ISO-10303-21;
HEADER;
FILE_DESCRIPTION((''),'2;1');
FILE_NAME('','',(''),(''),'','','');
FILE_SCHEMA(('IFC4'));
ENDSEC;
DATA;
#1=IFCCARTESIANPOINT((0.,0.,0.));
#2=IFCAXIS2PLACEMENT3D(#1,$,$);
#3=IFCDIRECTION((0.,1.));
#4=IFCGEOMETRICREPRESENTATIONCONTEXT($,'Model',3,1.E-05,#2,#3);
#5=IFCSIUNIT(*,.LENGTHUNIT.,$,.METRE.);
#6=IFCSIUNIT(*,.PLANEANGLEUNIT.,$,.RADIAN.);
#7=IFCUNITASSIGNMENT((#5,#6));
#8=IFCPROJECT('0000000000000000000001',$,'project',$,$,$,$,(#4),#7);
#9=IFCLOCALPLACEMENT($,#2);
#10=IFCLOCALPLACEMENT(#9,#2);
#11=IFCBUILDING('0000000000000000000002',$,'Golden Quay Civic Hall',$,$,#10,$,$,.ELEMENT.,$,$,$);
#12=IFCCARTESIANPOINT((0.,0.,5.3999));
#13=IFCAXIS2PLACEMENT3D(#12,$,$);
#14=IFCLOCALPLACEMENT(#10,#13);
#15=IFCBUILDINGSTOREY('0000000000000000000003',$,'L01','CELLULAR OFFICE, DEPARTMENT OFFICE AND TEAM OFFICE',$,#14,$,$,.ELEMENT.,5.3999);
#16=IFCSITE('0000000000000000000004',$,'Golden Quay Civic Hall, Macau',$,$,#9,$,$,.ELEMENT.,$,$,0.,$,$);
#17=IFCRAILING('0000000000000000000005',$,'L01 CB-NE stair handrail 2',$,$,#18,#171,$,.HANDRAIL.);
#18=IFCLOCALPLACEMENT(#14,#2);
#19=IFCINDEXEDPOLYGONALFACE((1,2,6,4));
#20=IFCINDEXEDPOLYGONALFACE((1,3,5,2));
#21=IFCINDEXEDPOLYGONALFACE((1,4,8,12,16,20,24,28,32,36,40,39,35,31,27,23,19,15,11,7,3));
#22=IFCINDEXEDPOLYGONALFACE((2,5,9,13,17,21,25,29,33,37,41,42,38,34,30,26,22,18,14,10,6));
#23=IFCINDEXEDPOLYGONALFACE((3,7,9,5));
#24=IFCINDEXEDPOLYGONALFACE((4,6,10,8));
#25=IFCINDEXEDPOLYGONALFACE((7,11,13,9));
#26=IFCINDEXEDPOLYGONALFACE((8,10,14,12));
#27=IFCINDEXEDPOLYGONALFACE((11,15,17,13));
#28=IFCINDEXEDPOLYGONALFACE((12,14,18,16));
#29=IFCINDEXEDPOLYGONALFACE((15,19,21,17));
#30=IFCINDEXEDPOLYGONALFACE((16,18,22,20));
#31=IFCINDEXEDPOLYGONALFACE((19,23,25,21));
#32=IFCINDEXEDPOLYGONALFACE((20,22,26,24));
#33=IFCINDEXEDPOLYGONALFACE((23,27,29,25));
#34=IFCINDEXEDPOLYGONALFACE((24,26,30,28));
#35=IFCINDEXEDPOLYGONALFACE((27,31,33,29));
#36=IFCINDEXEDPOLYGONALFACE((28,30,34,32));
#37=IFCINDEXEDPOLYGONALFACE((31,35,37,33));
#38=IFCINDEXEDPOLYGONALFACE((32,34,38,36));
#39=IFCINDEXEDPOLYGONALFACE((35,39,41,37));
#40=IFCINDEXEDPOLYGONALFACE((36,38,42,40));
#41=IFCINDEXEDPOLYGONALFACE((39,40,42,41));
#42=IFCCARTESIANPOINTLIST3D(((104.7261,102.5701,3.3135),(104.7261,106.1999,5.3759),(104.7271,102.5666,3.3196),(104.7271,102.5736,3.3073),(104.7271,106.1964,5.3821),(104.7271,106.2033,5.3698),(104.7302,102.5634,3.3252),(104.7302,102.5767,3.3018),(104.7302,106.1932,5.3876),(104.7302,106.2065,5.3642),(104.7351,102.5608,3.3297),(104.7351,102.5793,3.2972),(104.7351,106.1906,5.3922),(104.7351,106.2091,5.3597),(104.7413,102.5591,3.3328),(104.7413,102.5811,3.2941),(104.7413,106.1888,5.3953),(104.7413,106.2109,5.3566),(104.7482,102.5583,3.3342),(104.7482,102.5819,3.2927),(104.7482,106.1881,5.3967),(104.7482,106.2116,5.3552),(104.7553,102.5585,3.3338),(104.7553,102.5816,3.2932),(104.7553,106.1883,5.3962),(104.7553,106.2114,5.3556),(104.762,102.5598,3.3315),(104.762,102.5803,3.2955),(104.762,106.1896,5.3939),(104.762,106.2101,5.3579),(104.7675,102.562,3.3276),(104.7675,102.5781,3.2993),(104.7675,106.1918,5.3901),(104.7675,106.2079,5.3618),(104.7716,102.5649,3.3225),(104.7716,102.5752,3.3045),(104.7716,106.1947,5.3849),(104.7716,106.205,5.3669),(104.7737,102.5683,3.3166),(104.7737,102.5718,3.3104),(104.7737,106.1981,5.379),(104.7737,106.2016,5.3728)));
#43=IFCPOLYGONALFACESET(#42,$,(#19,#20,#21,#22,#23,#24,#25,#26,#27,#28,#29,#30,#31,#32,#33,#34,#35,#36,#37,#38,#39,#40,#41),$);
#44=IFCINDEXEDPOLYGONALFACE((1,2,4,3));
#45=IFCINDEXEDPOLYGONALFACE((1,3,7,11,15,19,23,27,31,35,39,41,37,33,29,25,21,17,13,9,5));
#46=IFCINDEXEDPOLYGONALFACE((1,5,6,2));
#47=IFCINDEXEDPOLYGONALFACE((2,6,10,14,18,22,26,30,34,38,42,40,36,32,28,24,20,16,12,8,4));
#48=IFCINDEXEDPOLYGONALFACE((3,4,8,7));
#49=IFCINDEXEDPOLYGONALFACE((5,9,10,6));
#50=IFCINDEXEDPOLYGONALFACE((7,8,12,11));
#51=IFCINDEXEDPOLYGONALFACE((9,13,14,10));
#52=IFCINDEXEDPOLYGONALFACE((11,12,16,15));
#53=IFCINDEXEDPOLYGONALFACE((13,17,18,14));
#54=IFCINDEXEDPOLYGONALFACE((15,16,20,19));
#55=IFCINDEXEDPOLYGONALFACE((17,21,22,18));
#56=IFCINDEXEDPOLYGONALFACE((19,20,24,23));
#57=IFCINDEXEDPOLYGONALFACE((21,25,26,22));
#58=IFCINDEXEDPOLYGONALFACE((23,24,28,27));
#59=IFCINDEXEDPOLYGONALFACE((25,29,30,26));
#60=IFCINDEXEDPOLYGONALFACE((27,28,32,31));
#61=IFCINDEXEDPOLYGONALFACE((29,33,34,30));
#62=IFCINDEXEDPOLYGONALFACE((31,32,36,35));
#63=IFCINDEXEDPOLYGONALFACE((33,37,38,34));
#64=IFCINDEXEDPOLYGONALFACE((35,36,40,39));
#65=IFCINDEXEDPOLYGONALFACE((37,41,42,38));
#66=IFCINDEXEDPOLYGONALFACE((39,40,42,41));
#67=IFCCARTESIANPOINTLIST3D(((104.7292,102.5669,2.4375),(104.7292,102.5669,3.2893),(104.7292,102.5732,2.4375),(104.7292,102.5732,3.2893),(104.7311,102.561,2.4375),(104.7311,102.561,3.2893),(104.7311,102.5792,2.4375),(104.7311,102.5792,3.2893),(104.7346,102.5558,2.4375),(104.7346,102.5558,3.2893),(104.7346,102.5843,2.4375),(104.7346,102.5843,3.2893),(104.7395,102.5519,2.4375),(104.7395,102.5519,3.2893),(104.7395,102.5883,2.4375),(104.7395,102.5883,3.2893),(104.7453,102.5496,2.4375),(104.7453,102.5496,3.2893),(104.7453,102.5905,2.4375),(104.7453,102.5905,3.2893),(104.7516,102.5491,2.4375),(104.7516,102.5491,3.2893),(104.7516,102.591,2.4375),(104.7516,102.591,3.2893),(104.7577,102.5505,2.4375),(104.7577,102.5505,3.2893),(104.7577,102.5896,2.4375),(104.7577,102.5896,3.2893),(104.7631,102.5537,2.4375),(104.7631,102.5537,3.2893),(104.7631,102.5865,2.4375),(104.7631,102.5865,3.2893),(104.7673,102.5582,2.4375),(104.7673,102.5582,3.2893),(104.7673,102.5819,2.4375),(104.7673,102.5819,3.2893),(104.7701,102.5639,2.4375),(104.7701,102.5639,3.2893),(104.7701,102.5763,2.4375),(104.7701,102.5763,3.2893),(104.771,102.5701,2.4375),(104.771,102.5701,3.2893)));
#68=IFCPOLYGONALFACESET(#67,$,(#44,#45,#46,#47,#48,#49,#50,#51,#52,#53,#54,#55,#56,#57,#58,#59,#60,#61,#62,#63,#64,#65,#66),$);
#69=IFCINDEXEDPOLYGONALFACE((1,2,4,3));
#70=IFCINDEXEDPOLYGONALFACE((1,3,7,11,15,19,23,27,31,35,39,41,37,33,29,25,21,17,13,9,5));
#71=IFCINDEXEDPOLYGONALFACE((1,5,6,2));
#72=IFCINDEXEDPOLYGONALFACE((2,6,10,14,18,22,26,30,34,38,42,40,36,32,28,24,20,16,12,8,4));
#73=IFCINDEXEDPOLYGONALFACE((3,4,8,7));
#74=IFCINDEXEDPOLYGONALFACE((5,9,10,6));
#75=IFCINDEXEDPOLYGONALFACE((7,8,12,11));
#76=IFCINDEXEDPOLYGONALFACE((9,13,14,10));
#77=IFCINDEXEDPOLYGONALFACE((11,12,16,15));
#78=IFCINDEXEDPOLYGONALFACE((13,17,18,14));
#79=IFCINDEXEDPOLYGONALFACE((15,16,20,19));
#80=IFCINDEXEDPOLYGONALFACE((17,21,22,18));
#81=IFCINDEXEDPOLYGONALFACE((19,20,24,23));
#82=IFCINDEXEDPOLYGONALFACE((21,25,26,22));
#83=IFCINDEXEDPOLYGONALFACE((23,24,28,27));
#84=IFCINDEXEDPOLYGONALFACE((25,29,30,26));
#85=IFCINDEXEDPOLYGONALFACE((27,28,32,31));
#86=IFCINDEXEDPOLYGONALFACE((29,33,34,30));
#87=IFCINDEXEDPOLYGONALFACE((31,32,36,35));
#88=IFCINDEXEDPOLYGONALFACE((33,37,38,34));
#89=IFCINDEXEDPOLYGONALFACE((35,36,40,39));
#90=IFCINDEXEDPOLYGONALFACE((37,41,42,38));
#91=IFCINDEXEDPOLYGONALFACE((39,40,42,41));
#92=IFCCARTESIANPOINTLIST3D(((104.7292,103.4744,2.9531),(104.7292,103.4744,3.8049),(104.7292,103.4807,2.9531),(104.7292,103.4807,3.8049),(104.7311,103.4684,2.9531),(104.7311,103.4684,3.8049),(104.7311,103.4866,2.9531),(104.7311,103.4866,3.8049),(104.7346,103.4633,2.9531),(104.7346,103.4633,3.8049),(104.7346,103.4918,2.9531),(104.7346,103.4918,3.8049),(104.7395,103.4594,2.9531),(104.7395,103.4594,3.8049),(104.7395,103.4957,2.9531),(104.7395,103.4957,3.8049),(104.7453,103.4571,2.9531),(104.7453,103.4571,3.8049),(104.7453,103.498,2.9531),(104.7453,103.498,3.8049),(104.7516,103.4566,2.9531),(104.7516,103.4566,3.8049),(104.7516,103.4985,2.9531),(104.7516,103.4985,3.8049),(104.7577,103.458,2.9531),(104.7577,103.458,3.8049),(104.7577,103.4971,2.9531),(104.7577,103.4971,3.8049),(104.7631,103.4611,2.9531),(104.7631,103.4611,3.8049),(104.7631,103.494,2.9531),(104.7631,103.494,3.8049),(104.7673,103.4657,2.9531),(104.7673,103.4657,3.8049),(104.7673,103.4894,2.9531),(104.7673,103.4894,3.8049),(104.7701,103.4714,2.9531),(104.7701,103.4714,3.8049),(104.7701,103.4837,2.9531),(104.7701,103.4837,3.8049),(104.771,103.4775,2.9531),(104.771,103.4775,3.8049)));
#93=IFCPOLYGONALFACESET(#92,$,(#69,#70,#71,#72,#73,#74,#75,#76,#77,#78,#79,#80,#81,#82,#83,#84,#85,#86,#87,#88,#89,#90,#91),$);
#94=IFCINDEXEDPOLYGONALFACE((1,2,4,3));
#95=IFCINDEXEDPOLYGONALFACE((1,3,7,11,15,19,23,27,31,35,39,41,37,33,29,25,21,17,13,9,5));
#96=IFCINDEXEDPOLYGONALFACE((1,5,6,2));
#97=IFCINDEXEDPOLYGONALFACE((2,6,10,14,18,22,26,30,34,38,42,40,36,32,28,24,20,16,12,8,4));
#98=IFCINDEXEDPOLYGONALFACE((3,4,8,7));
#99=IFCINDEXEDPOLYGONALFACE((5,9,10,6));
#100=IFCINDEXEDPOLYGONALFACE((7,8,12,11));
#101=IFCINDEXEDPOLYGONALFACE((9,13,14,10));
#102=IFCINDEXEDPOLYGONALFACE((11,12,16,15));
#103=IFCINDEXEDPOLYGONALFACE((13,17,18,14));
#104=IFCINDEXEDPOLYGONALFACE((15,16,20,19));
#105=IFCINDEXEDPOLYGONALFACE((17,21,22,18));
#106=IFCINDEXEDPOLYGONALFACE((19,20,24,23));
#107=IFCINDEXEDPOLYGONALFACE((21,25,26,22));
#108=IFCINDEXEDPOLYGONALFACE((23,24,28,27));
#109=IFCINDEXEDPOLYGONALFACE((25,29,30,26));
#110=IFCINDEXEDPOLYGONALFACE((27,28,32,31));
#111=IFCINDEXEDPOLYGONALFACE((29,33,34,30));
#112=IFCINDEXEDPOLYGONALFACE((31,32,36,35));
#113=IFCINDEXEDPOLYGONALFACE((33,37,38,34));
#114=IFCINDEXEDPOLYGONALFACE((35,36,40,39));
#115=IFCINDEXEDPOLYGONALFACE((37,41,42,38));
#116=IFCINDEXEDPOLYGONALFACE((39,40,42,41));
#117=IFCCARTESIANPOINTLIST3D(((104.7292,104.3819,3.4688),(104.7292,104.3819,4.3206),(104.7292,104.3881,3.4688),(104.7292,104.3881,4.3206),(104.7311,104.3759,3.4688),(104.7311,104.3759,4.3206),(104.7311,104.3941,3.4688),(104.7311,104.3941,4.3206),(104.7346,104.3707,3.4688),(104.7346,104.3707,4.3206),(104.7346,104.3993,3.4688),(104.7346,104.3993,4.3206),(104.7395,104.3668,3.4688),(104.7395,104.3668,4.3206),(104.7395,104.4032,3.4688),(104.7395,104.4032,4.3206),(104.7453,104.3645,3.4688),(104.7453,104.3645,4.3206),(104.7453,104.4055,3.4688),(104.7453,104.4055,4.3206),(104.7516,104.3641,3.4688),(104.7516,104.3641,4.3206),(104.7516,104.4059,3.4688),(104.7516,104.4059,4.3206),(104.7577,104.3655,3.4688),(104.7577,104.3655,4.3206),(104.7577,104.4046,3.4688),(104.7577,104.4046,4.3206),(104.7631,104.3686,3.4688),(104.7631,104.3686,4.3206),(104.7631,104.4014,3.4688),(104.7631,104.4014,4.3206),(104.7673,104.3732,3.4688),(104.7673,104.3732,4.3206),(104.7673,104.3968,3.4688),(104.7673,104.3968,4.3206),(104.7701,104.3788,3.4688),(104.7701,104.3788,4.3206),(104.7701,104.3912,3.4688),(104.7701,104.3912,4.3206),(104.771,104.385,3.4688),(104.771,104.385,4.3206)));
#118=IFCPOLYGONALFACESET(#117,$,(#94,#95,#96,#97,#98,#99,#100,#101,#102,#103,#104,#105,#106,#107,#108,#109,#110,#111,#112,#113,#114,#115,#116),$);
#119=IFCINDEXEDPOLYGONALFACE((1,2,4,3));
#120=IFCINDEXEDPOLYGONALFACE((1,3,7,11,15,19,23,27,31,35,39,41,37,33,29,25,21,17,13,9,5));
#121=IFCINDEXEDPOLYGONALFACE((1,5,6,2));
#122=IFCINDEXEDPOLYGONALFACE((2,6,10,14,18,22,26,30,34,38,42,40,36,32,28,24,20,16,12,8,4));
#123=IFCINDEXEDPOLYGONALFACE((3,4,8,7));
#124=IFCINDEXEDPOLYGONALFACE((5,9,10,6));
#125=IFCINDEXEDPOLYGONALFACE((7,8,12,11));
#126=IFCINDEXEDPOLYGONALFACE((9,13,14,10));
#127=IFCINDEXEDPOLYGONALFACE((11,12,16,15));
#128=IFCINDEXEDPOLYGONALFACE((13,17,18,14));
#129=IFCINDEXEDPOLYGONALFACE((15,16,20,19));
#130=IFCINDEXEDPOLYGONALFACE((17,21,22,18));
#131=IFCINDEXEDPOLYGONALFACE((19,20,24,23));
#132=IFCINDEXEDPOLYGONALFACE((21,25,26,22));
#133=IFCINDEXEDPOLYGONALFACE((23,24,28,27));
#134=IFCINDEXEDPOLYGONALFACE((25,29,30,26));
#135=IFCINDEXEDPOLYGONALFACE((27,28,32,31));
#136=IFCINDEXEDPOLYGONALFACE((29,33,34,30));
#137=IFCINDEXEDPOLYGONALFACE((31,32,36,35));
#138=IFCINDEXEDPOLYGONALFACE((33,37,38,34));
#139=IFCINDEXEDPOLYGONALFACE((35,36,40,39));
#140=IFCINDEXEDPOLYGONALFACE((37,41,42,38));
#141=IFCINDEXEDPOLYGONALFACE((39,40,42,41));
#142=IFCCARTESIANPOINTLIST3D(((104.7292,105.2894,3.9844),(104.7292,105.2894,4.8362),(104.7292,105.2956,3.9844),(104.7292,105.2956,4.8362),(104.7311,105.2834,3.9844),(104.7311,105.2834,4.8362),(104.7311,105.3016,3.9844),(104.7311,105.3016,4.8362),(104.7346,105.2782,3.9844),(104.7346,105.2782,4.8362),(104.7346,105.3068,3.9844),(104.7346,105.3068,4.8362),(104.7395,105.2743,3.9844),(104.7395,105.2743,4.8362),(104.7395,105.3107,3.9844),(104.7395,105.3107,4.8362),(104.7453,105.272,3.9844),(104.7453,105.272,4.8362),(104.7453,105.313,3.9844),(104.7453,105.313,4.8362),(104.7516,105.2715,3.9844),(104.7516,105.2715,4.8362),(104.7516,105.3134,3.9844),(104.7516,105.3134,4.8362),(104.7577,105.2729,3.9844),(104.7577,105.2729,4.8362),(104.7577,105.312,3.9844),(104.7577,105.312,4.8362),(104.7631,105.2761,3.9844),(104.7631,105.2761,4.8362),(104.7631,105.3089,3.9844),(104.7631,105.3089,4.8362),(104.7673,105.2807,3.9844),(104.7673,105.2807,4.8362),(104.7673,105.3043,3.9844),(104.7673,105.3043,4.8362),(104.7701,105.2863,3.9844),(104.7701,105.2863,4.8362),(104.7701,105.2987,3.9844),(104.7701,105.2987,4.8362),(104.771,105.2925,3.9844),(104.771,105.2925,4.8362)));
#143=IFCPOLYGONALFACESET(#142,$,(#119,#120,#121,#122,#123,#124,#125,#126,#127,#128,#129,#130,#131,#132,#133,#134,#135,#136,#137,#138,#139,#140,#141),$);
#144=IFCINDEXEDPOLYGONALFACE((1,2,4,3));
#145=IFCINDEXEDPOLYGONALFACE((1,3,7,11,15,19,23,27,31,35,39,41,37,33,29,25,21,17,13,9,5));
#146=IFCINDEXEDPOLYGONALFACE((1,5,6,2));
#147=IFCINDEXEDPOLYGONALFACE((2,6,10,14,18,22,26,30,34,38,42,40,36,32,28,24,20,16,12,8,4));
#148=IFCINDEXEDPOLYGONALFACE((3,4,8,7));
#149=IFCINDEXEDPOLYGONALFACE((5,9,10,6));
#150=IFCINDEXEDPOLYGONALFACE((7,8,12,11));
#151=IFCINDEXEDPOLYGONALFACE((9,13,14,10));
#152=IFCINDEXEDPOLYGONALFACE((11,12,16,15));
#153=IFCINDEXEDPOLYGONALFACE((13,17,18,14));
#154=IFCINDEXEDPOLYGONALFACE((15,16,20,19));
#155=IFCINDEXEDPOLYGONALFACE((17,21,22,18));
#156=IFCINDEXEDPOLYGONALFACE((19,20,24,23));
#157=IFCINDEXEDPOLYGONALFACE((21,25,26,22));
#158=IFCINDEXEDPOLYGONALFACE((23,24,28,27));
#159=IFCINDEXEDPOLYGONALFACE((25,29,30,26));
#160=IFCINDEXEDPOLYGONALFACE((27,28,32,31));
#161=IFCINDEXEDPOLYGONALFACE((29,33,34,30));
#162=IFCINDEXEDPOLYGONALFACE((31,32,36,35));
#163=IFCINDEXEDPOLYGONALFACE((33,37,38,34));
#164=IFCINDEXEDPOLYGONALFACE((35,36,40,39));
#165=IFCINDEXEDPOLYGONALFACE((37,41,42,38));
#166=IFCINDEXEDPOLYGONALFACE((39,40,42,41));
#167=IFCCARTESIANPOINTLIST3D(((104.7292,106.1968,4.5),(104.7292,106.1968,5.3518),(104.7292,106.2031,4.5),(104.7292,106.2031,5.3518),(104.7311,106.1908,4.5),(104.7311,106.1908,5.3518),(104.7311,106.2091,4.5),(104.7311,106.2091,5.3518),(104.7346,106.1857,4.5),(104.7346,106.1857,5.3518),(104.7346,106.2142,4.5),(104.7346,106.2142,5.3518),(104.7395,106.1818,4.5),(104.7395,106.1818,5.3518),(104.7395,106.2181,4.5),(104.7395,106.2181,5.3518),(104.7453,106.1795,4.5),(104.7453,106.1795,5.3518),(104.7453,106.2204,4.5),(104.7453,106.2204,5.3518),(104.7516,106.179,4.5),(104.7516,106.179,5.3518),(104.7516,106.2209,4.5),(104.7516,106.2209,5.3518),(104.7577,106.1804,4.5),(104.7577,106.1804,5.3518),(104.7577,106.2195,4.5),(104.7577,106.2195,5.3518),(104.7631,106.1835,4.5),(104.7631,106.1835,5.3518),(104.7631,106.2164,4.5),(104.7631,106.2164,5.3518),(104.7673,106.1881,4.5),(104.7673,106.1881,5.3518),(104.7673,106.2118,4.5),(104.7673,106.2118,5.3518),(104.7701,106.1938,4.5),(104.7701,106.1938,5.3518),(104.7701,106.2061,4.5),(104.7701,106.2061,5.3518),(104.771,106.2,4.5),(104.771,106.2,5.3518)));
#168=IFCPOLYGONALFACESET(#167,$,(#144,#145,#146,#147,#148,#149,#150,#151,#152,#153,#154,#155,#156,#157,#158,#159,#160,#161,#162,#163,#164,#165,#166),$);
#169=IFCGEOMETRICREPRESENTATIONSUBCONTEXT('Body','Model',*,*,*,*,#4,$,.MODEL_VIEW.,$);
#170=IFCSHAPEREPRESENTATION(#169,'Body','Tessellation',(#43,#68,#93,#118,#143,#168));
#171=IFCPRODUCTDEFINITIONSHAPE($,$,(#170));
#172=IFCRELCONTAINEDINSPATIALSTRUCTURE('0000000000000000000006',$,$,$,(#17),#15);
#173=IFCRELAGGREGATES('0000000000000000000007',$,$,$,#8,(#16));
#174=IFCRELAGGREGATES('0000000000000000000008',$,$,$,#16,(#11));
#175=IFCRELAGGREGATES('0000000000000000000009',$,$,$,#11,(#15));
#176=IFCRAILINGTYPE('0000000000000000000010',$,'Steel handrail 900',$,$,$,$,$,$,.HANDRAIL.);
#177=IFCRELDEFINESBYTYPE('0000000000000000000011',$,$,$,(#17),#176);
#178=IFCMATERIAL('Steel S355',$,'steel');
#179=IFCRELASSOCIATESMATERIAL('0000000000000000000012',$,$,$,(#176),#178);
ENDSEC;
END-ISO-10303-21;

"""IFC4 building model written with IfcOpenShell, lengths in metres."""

from ifc_helpers import new_model, si_unit, direction, frame, origin, origin_2d, place, context, subcontext, project, spatial, circle, extrude, material, type_object, element, save


model = new_model("IFC4")

# Units and contexts
model_context = context("Model", 3, precision=1e-05, world=origin(), true_north=direction((0.0, 1.0)))
body_context = subcontext(model_context, "Body", "Model", "MODEL_VIEW")
ifc_project = project(units=[si_unit("LENGTHUNIT", "METRE"), si_unit("PLANEANGLEUNIT", "RADIAN")], contexts=[model_context])

# Site, building, storey
site_placement = place(None, origin())
site = spatial("IfcSite", under=ifc_project, at=site_placement, Name="Golden Quay Civic Hall, Macau", CompositionType="ELEMENT", RefElevation=0.0)
building_placement = place(site_placement, origin())
building = spatial("IfcBuilding", under=site, at=building_placement, Name="Golden Quay Civic Hall", CompositionType="ELEMENT")
storey_placement = place(building_placement, frame((0.0, 0.0, 5.3999)))
storey = spatial("IfcBuildingStorey", under=building, at=storey_placement, Name="L01", Description="CELLULAR OFFICE, DEPARTMENT OFFICE AND TEAM OFFICE", CompositionType="ELEMENT", Elevation=5.3999)

# Railing
ifc_material_1 = material(Name="Steel S355", Category="steel")
railing_type_1 = type_object("IfcRailingType", Name="Steel handrail 900", PredefinedType="HANDRAIL", material=ifc_material_1)
railing_1_placement = place(storey_placement, frame((104.75, 102.5701, 2.4375)))
element("IfcRailing", 1, at=railing_1_placement, inside=storey, type_object=railing_type_1, Name="L01 CB-NE stair handrail 2", PredefinedType="HANDRAIL", context=body_context, shape_type="SweptSolid", body=[
    extrude(circle(Radius=0.0239, at=origin_2d()), frame((0.0, 0.0, 0.876), z_axis=(0.0, 0.86945, 0.494021), x_axis=(-1.0, 0.0, 0.0)), (0.0, 0.0, 1.0), 4.1748),
    extrude(circle(Radius=0.021, at=origin_2d()), origin(), (0.0, 0.0, 1.0), 0.8518),
    extrude(circle(Radius=0.021, at=origin_2d()), frame((0.0, 0.9075, 0.5156)), (0.0, 0.0, 1.0), 0.8518),
    extrude(circle(Radius=0.021, at=origin_2d()), frame((0.0, 1.8149, 1.0312)), (0.0, 0.0, 1.0), 0.8518),
    extrude(circle(Radius=0.021, at=origin_2d()), frame((0.0, 2.7224, 1.5469)), (0.0, 0.0, 1.0), 0.8518),
    extrude(circle(Radius=0.021, at=origin_2d()), frame((0.0, 3.6299, 2.0625)), (0.0, 0.0, 1.0), 0.8518),
])

save(model, "model.ifc")
